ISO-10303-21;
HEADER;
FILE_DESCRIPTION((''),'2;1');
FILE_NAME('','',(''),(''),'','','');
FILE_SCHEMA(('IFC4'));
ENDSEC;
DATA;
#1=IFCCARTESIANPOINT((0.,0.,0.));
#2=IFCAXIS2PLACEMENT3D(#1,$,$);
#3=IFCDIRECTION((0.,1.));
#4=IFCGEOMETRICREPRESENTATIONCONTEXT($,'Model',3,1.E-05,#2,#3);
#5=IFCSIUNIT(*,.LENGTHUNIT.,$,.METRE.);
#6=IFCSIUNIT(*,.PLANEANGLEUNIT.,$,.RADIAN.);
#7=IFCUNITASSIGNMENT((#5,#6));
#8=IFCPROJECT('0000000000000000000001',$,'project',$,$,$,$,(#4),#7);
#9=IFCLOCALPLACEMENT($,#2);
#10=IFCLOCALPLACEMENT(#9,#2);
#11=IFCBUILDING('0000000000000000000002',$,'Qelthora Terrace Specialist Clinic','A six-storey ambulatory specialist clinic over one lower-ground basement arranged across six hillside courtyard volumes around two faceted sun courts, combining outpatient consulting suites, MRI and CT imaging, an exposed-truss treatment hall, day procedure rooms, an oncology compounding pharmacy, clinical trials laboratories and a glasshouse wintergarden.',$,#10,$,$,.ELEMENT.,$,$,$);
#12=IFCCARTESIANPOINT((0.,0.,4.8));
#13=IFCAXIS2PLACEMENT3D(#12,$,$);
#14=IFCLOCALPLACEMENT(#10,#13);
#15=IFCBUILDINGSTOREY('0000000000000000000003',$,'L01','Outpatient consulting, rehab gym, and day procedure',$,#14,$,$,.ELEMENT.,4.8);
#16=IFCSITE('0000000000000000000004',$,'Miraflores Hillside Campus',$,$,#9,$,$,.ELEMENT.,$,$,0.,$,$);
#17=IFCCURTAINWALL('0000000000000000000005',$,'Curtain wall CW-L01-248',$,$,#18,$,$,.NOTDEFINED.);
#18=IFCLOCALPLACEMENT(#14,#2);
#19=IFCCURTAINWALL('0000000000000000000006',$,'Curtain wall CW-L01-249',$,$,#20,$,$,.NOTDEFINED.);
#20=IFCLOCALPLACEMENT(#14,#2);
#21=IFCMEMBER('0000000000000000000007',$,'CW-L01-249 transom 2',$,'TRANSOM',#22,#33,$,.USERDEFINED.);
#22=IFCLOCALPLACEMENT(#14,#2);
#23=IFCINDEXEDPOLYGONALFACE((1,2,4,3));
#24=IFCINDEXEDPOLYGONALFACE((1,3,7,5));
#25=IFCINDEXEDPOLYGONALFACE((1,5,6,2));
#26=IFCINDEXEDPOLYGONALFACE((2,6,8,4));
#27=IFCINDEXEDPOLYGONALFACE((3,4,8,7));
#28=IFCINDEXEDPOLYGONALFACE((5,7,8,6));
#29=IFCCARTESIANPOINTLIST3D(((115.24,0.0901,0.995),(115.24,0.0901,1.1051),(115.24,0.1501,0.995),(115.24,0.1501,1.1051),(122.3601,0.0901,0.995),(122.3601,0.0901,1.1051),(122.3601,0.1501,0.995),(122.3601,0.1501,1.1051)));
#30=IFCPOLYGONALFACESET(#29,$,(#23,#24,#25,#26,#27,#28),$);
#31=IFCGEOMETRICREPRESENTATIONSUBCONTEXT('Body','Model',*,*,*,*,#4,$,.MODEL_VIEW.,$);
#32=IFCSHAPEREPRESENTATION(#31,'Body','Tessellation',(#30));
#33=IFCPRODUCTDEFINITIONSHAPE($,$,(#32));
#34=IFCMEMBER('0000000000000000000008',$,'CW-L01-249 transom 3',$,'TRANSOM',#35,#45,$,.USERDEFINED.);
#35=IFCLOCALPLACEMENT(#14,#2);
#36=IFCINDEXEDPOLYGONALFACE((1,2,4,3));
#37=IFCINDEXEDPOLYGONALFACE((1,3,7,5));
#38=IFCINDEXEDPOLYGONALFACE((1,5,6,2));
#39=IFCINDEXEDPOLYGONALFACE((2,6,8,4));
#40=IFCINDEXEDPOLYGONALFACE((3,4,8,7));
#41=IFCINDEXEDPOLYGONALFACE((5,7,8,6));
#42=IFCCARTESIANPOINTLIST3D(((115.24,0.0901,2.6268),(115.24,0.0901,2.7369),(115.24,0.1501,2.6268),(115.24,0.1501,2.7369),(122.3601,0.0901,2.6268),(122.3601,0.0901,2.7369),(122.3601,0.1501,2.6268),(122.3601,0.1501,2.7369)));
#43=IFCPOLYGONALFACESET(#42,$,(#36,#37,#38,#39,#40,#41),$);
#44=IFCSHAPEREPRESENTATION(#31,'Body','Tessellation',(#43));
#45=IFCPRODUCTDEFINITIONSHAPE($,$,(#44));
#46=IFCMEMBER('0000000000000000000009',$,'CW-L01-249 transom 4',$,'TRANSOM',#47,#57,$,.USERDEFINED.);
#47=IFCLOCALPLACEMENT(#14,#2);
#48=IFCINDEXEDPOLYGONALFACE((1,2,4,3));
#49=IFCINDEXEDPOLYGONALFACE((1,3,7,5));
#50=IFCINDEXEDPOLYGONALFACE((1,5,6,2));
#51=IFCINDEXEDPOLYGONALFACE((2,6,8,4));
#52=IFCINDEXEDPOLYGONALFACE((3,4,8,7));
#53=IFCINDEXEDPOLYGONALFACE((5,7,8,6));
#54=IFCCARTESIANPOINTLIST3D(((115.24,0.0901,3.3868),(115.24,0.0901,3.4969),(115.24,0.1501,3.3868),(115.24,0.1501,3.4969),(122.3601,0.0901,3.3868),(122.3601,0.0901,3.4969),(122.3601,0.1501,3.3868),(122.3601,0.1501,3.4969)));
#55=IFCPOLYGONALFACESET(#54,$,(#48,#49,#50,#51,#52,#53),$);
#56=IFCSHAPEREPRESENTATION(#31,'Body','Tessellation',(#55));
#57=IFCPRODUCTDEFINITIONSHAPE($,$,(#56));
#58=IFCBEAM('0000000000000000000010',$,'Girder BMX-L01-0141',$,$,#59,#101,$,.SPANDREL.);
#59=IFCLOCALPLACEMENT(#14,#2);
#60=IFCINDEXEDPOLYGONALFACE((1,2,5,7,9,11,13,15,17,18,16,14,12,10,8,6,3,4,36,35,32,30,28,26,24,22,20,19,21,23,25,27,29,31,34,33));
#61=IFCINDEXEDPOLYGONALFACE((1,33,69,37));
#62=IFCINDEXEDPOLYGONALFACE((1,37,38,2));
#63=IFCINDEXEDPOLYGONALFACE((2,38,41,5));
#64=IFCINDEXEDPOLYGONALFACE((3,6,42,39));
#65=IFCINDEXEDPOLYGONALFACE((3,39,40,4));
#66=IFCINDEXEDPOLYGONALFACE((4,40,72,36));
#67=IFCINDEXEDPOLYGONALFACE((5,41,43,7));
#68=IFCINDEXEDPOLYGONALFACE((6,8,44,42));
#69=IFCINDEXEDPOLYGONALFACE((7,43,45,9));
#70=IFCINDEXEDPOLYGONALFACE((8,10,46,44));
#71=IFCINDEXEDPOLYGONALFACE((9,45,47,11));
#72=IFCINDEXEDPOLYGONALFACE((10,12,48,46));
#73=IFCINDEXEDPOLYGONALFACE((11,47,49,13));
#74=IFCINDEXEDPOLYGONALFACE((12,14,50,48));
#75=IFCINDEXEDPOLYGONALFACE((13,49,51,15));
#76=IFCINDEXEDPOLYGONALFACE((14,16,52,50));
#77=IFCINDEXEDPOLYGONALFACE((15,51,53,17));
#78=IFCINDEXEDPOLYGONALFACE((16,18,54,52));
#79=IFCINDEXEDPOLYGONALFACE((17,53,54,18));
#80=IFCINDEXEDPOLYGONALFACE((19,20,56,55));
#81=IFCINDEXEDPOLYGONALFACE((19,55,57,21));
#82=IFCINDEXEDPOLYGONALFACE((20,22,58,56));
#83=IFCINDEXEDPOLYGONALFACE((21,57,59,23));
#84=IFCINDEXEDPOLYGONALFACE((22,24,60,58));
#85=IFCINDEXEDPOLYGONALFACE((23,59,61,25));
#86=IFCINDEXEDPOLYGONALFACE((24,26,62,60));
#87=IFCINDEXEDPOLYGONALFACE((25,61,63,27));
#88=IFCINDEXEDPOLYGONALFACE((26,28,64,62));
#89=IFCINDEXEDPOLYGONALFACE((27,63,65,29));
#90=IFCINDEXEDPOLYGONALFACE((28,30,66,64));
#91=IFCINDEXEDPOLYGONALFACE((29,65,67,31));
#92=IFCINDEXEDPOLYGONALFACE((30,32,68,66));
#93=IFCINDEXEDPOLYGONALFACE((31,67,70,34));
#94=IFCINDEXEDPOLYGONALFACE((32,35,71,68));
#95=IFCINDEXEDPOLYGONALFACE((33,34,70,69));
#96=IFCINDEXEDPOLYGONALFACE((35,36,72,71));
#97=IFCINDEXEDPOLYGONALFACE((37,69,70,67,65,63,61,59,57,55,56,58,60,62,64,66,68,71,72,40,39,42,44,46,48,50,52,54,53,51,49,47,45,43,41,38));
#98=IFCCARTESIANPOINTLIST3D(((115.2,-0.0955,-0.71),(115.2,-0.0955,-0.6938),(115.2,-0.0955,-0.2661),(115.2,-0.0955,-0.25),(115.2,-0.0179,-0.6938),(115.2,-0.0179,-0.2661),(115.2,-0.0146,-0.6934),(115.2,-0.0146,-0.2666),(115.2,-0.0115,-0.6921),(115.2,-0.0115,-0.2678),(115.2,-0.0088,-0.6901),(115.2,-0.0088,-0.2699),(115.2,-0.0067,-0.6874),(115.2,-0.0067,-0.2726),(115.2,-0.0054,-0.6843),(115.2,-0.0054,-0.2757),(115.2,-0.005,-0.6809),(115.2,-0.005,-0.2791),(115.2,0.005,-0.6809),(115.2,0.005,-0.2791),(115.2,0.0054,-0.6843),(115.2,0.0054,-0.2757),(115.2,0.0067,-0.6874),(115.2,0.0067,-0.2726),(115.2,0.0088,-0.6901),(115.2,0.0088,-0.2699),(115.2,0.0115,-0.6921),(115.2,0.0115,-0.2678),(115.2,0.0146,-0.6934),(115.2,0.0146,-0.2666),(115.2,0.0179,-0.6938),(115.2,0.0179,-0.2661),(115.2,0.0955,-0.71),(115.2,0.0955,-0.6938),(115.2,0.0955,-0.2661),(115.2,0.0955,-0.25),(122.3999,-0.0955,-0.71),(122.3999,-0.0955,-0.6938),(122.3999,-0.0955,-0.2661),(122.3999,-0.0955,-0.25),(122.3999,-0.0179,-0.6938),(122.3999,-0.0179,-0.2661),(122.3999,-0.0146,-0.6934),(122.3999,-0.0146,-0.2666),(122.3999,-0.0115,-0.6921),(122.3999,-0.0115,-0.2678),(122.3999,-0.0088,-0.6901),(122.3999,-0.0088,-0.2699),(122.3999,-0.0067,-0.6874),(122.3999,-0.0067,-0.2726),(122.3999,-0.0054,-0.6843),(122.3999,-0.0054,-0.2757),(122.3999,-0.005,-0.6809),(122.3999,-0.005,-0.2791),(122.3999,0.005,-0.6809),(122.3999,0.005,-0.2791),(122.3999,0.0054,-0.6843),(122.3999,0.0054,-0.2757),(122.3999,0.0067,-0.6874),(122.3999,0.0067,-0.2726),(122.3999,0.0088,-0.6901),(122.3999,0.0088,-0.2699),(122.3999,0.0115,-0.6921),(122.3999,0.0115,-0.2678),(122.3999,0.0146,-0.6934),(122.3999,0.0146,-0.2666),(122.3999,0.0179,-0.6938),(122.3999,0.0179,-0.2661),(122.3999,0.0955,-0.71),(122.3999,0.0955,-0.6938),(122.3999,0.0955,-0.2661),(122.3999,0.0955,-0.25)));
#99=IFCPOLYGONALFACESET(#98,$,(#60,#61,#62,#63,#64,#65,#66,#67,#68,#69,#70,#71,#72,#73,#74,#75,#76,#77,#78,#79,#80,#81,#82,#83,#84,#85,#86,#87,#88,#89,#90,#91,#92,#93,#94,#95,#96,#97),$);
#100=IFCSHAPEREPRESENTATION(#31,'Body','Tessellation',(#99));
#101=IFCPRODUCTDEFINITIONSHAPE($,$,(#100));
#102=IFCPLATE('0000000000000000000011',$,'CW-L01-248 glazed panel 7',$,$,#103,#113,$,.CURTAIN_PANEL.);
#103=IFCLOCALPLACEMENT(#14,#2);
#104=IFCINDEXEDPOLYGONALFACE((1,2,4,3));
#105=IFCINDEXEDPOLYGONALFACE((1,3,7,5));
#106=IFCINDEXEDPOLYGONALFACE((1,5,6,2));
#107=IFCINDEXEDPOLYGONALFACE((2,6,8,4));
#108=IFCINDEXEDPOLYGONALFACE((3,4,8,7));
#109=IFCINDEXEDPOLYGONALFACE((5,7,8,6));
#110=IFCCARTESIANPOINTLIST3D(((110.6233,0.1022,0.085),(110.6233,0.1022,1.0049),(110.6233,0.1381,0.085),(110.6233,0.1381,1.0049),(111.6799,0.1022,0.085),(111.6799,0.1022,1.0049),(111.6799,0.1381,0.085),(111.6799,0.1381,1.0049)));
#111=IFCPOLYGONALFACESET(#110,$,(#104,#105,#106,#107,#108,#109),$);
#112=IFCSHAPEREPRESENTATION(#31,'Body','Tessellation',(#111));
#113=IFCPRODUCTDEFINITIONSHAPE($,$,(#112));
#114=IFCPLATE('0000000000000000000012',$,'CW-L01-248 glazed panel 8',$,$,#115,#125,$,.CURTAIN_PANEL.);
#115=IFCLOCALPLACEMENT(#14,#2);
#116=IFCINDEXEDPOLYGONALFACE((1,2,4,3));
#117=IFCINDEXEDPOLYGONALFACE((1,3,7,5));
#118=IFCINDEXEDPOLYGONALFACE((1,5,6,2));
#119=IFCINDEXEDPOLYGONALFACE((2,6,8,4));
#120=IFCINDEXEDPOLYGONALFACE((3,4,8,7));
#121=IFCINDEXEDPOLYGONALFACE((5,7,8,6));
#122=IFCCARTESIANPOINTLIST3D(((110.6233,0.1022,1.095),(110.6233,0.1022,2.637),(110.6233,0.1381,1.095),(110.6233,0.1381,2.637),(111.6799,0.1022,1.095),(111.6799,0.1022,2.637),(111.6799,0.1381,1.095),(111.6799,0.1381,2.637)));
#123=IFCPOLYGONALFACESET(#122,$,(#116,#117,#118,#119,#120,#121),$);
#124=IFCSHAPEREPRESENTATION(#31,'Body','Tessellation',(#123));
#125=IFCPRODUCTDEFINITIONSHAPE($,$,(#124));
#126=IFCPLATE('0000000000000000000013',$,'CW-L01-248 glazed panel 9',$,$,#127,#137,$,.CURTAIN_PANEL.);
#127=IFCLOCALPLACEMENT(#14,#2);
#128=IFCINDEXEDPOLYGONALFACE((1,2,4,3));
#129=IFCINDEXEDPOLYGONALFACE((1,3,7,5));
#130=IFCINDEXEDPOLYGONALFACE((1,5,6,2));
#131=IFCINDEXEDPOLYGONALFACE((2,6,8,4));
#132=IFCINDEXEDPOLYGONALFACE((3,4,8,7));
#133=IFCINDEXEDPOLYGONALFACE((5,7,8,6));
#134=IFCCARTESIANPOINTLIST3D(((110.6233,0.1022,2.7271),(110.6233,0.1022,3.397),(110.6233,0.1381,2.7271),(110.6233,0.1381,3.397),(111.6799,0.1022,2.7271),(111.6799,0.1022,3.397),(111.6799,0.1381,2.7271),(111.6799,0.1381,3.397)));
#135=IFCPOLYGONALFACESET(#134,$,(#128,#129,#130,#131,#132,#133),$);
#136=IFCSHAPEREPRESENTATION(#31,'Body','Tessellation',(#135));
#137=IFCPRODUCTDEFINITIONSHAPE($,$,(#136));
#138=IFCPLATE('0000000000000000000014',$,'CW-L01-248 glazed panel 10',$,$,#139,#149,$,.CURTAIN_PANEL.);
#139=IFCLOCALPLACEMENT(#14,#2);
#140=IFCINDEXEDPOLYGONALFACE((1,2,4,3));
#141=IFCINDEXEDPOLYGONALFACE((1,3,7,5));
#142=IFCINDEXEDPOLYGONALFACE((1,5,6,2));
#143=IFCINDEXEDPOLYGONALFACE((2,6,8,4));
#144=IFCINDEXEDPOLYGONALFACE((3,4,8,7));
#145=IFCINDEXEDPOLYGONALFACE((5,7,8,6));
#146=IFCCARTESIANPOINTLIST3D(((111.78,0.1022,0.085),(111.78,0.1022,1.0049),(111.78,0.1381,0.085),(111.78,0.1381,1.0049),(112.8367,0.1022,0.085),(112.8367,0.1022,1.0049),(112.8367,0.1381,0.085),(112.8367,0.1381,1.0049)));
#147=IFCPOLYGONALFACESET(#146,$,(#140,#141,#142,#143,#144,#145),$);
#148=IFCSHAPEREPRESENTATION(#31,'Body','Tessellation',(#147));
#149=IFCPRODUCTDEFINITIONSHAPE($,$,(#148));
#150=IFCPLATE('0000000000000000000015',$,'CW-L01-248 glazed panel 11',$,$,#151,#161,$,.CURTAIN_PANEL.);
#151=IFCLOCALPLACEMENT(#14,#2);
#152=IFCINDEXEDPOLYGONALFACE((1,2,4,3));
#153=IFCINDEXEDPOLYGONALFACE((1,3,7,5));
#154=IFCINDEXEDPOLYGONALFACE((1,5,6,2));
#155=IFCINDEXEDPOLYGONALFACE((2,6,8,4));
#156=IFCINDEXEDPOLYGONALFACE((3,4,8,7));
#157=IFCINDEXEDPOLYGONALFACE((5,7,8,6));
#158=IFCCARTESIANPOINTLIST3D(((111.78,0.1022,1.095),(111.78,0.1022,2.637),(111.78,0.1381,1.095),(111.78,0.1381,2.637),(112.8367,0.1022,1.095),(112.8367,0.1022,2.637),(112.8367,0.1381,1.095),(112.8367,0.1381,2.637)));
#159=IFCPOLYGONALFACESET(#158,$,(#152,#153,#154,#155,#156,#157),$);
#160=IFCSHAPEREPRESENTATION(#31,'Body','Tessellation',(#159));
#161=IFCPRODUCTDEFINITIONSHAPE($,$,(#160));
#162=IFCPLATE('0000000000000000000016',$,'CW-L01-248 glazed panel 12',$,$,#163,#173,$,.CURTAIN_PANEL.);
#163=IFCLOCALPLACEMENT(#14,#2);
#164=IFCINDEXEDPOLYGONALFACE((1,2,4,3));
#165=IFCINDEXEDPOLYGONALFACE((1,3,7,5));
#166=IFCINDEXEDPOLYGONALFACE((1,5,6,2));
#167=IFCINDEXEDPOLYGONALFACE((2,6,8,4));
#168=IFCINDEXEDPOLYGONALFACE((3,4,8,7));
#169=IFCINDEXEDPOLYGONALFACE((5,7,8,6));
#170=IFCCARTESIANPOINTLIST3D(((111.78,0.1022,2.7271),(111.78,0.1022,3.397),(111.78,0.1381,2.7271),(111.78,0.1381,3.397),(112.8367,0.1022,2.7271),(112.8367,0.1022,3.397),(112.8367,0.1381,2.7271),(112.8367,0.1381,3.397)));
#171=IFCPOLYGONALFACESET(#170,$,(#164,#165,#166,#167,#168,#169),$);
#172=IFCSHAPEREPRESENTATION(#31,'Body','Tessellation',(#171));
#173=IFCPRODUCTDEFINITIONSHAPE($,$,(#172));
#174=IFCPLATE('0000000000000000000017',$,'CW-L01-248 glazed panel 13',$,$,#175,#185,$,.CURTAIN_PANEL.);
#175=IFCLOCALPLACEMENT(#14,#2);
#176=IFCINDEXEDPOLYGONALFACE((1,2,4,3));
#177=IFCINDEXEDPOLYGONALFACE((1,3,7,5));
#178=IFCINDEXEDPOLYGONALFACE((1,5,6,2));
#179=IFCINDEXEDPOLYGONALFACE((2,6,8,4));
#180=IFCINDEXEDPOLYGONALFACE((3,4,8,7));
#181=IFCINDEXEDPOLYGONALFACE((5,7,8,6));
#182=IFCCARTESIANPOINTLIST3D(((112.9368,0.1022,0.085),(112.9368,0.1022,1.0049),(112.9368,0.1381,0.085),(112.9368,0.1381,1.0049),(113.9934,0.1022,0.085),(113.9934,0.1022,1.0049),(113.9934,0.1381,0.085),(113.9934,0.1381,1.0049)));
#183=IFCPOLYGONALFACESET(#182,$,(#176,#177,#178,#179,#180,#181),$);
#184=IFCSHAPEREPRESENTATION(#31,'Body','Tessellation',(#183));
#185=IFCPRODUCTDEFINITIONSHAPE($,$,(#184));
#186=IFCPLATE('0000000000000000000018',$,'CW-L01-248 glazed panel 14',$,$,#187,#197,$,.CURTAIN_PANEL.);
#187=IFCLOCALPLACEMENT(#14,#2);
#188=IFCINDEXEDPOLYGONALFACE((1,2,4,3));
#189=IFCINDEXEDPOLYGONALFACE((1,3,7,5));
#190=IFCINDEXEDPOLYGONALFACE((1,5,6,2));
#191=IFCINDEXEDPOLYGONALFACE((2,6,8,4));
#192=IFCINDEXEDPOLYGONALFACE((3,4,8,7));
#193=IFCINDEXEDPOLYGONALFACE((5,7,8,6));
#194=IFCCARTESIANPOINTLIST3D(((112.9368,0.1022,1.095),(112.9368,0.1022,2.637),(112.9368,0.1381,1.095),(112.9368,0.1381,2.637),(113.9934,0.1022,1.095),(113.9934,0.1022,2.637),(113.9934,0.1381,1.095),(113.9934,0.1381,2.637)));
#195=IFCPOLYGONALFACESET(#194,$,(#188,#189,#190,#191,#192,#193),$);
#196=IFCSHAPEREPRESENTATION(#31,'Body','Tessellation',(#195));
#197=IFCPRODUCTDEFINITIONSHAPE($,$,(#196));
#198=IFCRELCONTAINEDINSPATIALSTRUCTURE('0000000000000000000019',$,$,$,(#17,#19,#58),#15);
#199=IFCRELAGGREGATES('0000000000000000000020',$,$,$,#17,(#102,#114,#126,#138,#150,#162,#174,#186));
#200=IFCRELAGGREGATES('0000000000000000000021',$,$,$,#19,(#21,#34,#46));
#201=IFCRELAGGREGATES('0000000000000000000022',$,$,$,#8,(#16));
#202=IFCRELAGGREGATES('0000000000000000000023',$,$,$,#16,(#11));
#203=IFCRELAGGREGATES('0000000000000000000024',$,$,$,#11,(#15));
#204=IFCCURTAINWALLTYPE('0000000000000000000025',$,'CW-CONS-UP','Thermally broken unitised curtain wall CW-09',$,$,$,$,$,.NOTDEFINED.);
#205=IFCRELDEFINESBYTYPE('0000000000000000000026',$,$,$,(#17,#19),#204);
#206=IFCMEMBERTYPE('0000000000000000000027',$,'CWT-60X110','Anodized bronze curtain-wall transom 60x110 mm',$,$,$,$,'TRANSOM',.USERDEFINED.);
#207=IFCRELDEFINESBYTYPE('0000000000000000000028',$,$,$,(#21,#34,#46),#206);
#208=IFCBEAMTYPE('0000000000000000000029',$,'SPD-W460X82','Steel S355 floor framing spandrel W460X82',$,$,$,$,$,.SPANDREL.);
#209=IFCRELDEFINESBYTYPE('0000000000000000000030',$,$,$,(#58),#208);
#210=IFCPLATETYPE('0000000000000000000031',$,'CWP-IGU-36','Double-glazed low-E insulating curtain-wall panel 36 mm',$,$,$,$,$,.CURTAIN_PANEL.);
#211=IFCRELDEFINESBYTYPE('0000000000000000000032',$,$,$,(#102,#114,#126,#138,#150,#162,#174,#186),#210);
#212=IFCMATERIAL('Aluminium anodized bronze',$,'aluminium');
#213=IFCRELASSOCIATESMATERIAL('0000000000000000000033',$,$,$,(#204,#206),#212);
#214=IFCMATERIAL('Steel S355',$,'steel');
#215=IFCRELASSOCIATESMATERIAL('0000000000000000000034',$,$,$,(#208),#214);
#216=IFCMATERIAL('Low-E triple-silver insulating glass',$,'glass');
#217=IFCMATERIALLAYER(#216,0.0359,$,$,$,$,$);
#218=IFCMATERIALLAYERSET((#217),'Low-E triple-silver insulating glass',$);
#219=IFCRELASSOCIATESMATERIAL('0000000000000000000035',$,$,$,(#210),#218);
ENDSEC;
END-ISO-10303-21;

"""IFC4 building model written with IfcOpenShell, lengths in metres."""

from ifc_helpers import new_model, si_unit, direction, frame, origin, origin_2d, place, context, subcontext, project, spatial, rectangle, i_section, extrude, material, layer, layer_set, material_profile, profile_set, type_object, element, aggregate, save


model = new_model("IFC4")

# Units and contexts
model_context = context("Model", 3, precision=1e-05, world=origin(), true_north=direction((0.0, 1.0)))
body_context = subcontext(model_context, "Body", "Model", "MODEL_VIEW")
ifc_project = project(units=[si_unit("LENGTHUNIT", "METRE"), si_unit("PLANEANGLEUNIT", "RADIAN")], contexts=[model_context])

# Site, building, storey
site_placement = place(None, origin())
site = spatial("IfcSite", under=ifc_project, at=site_placement, Name="Miraflores Hillside Campus", CompositionType="ELEMENT", RefElevation=0.0)
building_placement = place(site_placement, origin())
building = spatial("IfcBuilding", under=site, at=building_placement, Name="Qelthora Terrace Specialist Clinic", Description="A six-storey ambulatory specialist clinic over one lower-ground basement arranged across six hillside courtyard volumes around two faceted sun courts, combining outpatient consulting suites, MRI and CT imaging, an exposed-truss treatment hall, day procedure rooms, an oncology compounding pharmacy, clinical trials laboratories and a glasshouse wintergarden.", CompositionType="ELEMENT")
storey_placement = place(building_placement, frame((0.0, 0.0, 4.8)))
storey = spatial("IfcBuildingStorey", under=building, at=storey_placement, Name="L01", Description="Outpatient consulting, rehab gym, and day procedure", CompositionType="ELEMENT", Elevation=4.8)

# Shared definitions
ifc_material_1 = material(Name="Steel S355", Category="steel")

# Curtain walls, members
ifc_material_2 = material(Name="Aluminium anodized bronze", Category="aluminium")
curtain_wall_type = type_object("IfcCurtainWallType", Name="CW-CONS-UP", Description="Thermally broken unitised curtain wall CW-09", PredefinedType="NOTDEFINED", material=ifc_material_2)
curtain_wall_1_placement = place(storey_placement, origin())
curtain_wall_1 = element("IfcCurtainWall", 1, at=curtain_wall_1_placement, inside=storey, type_object=curtain_wall_type, Name="Curtain wall CW-L01-248", PredefinedType="NOTDEFINED")
curtain_wall_2_placement = place(storey_placement, origin())
curtain_wall_2 = element("IfcCurtainWall", 2, at=curtain_wall_2_placement, inside=storey, type_object=curtain_wall_type, Name="Curtain wall CW-L01-249", PredefinedType="NOTDEFINED")
ifc_material_profile_1 = material_profile(ifc_material_2, rectangle(XDim=0.0601, YDim=0.1101, at=origin_2d()), Name="CWT60X110")
ifc_profile_set_1 = profile_set([ifc_material_profile_1], Name="Aluminium anodized bronze")
member_type_1 = type_object("IfcMemberType", Name="CWT-60X110", Description="Anodized bronze curtain-wall transom 60x110 mm", ElementType="TRANSOM", PredefinedType="USERDEFINED", material=ifc_profile_set_1)
member_1_placement = place(storey_placement, frame((115.24, 0.1201, 1.05), z_axis=(1.0, 0.0, 0.0), x_axis=(0.0, 1.0, 0.0)))
member_1 = element("IfcMember", 3, at=member_1_placement, type_object=member_type_1, Name="CW-L01-249 transom 2", ObjectType="TRANSOM", PredefinedType="USERDEFINED", context=body_context, shape_type="SweptSolid", body=[
    extrude(rectangle(XDim=0.0601, YDim=0.1101, at=origin_2d()), origin(), (0.0, 0.0, 1.0), 7.1201),
])
member_2_placement = place(storey_placement, frame((115.24, 0.1201, 2.6819), z_axis=(1.0, 0.0, 0.0), x_axis=(0.0, 1.0, 0.0)))
member_2 = element("IfcMember", 4, at=member_2_placement, type_object=member_type_1, Name="CW-L01-249 transom 3", ObjectType="TRANSOM", PredefinedType="USERDEFINED", context=body_context, shape_type="SweptSolid", body=[
    extrude(rectangle(XDim=0.0601, YDim=0.1101, at=origin_2d()), origin(), (0.0, 0.0, 1.0), 7.1201),
])
member_3_placement = place(storey_placement, frame((115.24, 0.1201, 3.4419), z_axis=(1.0, 0.0, 0.0), x_axis=(0.0, 1.0, 0.0)))
member_3 = element("IfcMember", 5, at=member_3_placement, type_object=member_type_1, Name="CW-L01-249 transom 4", ObjectType="TRANSOM", PredefinedType="USERDEFINED", context=body_context, shape_type="SweptSolid", body=[
    extrude(rectangle(XDim=0.0601, YDim=0.1101, at=origin_2d()), origin(), (0.0, 0.0, 1.0), 7.1201),
])

# Beam
ifc_material_profile_2 = material_profile(ifc_material_1, i_section(OverallWidth=0.1909, OverallDepth=0.46, WebThickness=0.01, FlangeThickness=0.0161, FilletRadius=0.0129, at=origin_2d()), Name="W460X82")
ifc_profile_set_2 = profile_set([ifc_material_profile_2], Name="Steel S355")
beam_type_1 = type_object("IfcBeamType", Name="SPD-W460X82", Description="Steel S355 floor framing spandrel W460X82", PredefinedType="SPANDREL", material=ifc_profile_set_2)
beam_1_placement = place(storey_placement, frame((115.2, 0.0, -0.48), z_axis=(1.0, 0.0, 0.0), x_axis=(0.0, 1.0, 0.0)))
element("IfcBeam", 6, at=beam_1_placement, inside=storey, type_object=beam_type_1, Name="Girder BMX-L01-0141", PredefinedType="SPANDREL", context=body_context, shape_type="SweptSolid", body=[
    extrude(i_section(OverallWidth=0.1909, OverallDepth=0.46, WebThickness=0.01, FlangeThickness=0.0161, FilletRadius=0.0129, at=origin_2d()), origin(), (0.0, 0.0, 1.0), 7.2),
])

# Plates
ifc_material_3 = material(Name="Low-E triple-silver insulating glass", Category="glass")
ifc_layer = layer(ifc_material_3, 0.0359)
ifc_layer_set = layer_set([ifc_layer], Name="Low-E triple-silver insulating glass")
plate_type = type_object("IfcPlateType", Name="CWP-IGU-36", Description="Double-glazed low-E insulating curtain-wall panel 36 mm", PredefinedType="CURTAIN_PANEL", material=ifc_layer_set)
plate_1_placement = place(storey_placement, frame((111.1516, 0.1201, 0.085), z_axis=(0.0, 0.0, 1.0), x_axis=(1.0, 0.0, 0.0)))
plate_1 = element("IfcPlate", 7, at=plate_1_placement, type_object=plate_type, Name="CW-L01-248 glazed panel 7", PredefinedType="CURTAIN_PANEL", context=body_context, shape_type="SweptSolid", body=[
    extrude(rectangle(XDim=1.0566, YDim=0.0359, at=origin_2d()), origin(), (0.0, 0.0, 1.0), 0.9199),
])
plate_2_placement = place(storey_placement, frame((111.1516, 0.1201, 1.095), z_axis=(0.0, 0.0, 1.0), x_axis=(1.0, 0.0, 0.0)))
plate_2 = element("IfcPlate", 8, at=plate_2_placement, type_object=plate_type, Name="CW-L01-248 glazed panel 8", PredefinedType="CURTAIN_PANEL", context=body_context, shape_type="SweptSolid", body=[
    extrude(rectangle(XDim=1.0566, YDim=0.0359, at=origin_2d()), origin(), (0.0, 0.0, 1.0), 1.542),
])
plate_3_placement = place(storey_placement, frame((111.1516, 0.1201, 2.7271), z_axis=(0.0, 0.0, 1.0), x_axis=(1.0, 0.0, 0.0)))
plate_3 = element("IfcPlate", 9, at=plate_3_placement, type_object=plate_type, Name="CW-L01-248 glazed panel 9", PredefinedType="CURTAIN_PANEL", context=body_context, shape_type="SweptSolid", body=[
    extrude(rectangle(XDim=1.0566, YDim=0.0359, at=origin_2d()), origin(), (0.0, 0.0, 1.0), 0.6699),
])
plate_4_placement = place(storey_placement, frame((112.3083, 0.1201, 0.085), z_axis=(0.0, 0.0, 1.0), x_axis=(1.0, 0.0, 0.0)))
plate_4 = element("IfcPlate", 10, at=plate_4_placement, type_object=plate_type, Name="CW-L01-248 glazed panel 10", PredefinedType="CURTAIN_PANEL", context=body_context, shape_type="SweptSolid", body=[
    extrude(rectangle(XDim=1.0566, YDim=0.0359, at=origin_2d()), origin(), (0.0, 0.0, 1.0), 0.9199),
])
plate_5_placement = place(storey_placement, frame((112.3083, 0.1201, 1.095), z_axis=(0.0, 0.0, 1.0), x_axis=(1.0, 0.0, 0.0)))
plate_5 = element("IfcPlate", 11, at=plate_5_placement, type_object=plate_type, Name="CW-L01-248 glazed panel 11", PredefinedType="CURTAIN_PANEL", context=body_context, shape_type="SweptSolid", body=[
    extrude(rectangle(XDim=1.0566, YDim=0.0359, at=origin_2d()), origin(), (0.0, 0.0, 1.0), 1.542),
])
plate_6_placement = place(storey_placement, frame((112.3083, 0.1201, 2.7271), z_axis=(0.0, 0.0, 1.0), x_axis=(1.0, 0.0, 0.0)))
plate_6 = element("IfcPlate", 12, at=plate_6_placement, type_object=plate_type, Name="CW-L01-248 glazed panel 12", PredefinedType="CURTAIN_PANEL", context=body_context, shape_type="SweptSolid", body=[
    extrude(rectangle(XDim=1.0566, YDim=0.0359, at=origin_2d()), origin(), (0.0, 0.0, 1.0), 0.6699),
])
plate_7_placement = place(storey_placement, frame((113.4651, 0.1201, 0.085), z_axis=(0.0, 0.0, 1.0), x_axis=(1.0, 0.0, 0.0)))
plate_7 = element("IfcPlate", 13, at=plate_7_placement, type_object=plate_type, Name="CW-L01-248 glazed panel 13", PredefinedType="CURTAIN_PANEL", context=body_context, shape_type="SweptSolid", body=[
    extrude(rectangle(XDim=1.0566, YDim=0.0359, at=origin_2d()), origin(), (0.0, 0.0, 1.0), 0.9199),
])
plate_8_placement = place(storey_placement, frame((113.4651, 0.1201, 1.095), z_axis=(0.0, 0.0, 1.0), x_axis=(1.0, 0.0, 0.0)))
plate_8 = element("IfcPlate", 14, at=plate_8_placement, type_object=plate_type, Name="CW-L01-248 glazed panel 14", PredefinedType="CURTAIN_PANEL", context=body_context, shape_type="SweptSolid", body=[
    extrude(rectangle(XDim=1.0566, YDim=0.0359, at=origin_2d()), origin(), (0.0, 0.0, 1.0), 1.542),
])
aggregate(curtain_wall_1, [plate_1, plate_2, plate_3, plate_4, plate_5, plate_6, plate_7, plate_8])
aggregate(curtain_wall_2, [member_1, member_2, member_3])

save(model, "model.ifc")
